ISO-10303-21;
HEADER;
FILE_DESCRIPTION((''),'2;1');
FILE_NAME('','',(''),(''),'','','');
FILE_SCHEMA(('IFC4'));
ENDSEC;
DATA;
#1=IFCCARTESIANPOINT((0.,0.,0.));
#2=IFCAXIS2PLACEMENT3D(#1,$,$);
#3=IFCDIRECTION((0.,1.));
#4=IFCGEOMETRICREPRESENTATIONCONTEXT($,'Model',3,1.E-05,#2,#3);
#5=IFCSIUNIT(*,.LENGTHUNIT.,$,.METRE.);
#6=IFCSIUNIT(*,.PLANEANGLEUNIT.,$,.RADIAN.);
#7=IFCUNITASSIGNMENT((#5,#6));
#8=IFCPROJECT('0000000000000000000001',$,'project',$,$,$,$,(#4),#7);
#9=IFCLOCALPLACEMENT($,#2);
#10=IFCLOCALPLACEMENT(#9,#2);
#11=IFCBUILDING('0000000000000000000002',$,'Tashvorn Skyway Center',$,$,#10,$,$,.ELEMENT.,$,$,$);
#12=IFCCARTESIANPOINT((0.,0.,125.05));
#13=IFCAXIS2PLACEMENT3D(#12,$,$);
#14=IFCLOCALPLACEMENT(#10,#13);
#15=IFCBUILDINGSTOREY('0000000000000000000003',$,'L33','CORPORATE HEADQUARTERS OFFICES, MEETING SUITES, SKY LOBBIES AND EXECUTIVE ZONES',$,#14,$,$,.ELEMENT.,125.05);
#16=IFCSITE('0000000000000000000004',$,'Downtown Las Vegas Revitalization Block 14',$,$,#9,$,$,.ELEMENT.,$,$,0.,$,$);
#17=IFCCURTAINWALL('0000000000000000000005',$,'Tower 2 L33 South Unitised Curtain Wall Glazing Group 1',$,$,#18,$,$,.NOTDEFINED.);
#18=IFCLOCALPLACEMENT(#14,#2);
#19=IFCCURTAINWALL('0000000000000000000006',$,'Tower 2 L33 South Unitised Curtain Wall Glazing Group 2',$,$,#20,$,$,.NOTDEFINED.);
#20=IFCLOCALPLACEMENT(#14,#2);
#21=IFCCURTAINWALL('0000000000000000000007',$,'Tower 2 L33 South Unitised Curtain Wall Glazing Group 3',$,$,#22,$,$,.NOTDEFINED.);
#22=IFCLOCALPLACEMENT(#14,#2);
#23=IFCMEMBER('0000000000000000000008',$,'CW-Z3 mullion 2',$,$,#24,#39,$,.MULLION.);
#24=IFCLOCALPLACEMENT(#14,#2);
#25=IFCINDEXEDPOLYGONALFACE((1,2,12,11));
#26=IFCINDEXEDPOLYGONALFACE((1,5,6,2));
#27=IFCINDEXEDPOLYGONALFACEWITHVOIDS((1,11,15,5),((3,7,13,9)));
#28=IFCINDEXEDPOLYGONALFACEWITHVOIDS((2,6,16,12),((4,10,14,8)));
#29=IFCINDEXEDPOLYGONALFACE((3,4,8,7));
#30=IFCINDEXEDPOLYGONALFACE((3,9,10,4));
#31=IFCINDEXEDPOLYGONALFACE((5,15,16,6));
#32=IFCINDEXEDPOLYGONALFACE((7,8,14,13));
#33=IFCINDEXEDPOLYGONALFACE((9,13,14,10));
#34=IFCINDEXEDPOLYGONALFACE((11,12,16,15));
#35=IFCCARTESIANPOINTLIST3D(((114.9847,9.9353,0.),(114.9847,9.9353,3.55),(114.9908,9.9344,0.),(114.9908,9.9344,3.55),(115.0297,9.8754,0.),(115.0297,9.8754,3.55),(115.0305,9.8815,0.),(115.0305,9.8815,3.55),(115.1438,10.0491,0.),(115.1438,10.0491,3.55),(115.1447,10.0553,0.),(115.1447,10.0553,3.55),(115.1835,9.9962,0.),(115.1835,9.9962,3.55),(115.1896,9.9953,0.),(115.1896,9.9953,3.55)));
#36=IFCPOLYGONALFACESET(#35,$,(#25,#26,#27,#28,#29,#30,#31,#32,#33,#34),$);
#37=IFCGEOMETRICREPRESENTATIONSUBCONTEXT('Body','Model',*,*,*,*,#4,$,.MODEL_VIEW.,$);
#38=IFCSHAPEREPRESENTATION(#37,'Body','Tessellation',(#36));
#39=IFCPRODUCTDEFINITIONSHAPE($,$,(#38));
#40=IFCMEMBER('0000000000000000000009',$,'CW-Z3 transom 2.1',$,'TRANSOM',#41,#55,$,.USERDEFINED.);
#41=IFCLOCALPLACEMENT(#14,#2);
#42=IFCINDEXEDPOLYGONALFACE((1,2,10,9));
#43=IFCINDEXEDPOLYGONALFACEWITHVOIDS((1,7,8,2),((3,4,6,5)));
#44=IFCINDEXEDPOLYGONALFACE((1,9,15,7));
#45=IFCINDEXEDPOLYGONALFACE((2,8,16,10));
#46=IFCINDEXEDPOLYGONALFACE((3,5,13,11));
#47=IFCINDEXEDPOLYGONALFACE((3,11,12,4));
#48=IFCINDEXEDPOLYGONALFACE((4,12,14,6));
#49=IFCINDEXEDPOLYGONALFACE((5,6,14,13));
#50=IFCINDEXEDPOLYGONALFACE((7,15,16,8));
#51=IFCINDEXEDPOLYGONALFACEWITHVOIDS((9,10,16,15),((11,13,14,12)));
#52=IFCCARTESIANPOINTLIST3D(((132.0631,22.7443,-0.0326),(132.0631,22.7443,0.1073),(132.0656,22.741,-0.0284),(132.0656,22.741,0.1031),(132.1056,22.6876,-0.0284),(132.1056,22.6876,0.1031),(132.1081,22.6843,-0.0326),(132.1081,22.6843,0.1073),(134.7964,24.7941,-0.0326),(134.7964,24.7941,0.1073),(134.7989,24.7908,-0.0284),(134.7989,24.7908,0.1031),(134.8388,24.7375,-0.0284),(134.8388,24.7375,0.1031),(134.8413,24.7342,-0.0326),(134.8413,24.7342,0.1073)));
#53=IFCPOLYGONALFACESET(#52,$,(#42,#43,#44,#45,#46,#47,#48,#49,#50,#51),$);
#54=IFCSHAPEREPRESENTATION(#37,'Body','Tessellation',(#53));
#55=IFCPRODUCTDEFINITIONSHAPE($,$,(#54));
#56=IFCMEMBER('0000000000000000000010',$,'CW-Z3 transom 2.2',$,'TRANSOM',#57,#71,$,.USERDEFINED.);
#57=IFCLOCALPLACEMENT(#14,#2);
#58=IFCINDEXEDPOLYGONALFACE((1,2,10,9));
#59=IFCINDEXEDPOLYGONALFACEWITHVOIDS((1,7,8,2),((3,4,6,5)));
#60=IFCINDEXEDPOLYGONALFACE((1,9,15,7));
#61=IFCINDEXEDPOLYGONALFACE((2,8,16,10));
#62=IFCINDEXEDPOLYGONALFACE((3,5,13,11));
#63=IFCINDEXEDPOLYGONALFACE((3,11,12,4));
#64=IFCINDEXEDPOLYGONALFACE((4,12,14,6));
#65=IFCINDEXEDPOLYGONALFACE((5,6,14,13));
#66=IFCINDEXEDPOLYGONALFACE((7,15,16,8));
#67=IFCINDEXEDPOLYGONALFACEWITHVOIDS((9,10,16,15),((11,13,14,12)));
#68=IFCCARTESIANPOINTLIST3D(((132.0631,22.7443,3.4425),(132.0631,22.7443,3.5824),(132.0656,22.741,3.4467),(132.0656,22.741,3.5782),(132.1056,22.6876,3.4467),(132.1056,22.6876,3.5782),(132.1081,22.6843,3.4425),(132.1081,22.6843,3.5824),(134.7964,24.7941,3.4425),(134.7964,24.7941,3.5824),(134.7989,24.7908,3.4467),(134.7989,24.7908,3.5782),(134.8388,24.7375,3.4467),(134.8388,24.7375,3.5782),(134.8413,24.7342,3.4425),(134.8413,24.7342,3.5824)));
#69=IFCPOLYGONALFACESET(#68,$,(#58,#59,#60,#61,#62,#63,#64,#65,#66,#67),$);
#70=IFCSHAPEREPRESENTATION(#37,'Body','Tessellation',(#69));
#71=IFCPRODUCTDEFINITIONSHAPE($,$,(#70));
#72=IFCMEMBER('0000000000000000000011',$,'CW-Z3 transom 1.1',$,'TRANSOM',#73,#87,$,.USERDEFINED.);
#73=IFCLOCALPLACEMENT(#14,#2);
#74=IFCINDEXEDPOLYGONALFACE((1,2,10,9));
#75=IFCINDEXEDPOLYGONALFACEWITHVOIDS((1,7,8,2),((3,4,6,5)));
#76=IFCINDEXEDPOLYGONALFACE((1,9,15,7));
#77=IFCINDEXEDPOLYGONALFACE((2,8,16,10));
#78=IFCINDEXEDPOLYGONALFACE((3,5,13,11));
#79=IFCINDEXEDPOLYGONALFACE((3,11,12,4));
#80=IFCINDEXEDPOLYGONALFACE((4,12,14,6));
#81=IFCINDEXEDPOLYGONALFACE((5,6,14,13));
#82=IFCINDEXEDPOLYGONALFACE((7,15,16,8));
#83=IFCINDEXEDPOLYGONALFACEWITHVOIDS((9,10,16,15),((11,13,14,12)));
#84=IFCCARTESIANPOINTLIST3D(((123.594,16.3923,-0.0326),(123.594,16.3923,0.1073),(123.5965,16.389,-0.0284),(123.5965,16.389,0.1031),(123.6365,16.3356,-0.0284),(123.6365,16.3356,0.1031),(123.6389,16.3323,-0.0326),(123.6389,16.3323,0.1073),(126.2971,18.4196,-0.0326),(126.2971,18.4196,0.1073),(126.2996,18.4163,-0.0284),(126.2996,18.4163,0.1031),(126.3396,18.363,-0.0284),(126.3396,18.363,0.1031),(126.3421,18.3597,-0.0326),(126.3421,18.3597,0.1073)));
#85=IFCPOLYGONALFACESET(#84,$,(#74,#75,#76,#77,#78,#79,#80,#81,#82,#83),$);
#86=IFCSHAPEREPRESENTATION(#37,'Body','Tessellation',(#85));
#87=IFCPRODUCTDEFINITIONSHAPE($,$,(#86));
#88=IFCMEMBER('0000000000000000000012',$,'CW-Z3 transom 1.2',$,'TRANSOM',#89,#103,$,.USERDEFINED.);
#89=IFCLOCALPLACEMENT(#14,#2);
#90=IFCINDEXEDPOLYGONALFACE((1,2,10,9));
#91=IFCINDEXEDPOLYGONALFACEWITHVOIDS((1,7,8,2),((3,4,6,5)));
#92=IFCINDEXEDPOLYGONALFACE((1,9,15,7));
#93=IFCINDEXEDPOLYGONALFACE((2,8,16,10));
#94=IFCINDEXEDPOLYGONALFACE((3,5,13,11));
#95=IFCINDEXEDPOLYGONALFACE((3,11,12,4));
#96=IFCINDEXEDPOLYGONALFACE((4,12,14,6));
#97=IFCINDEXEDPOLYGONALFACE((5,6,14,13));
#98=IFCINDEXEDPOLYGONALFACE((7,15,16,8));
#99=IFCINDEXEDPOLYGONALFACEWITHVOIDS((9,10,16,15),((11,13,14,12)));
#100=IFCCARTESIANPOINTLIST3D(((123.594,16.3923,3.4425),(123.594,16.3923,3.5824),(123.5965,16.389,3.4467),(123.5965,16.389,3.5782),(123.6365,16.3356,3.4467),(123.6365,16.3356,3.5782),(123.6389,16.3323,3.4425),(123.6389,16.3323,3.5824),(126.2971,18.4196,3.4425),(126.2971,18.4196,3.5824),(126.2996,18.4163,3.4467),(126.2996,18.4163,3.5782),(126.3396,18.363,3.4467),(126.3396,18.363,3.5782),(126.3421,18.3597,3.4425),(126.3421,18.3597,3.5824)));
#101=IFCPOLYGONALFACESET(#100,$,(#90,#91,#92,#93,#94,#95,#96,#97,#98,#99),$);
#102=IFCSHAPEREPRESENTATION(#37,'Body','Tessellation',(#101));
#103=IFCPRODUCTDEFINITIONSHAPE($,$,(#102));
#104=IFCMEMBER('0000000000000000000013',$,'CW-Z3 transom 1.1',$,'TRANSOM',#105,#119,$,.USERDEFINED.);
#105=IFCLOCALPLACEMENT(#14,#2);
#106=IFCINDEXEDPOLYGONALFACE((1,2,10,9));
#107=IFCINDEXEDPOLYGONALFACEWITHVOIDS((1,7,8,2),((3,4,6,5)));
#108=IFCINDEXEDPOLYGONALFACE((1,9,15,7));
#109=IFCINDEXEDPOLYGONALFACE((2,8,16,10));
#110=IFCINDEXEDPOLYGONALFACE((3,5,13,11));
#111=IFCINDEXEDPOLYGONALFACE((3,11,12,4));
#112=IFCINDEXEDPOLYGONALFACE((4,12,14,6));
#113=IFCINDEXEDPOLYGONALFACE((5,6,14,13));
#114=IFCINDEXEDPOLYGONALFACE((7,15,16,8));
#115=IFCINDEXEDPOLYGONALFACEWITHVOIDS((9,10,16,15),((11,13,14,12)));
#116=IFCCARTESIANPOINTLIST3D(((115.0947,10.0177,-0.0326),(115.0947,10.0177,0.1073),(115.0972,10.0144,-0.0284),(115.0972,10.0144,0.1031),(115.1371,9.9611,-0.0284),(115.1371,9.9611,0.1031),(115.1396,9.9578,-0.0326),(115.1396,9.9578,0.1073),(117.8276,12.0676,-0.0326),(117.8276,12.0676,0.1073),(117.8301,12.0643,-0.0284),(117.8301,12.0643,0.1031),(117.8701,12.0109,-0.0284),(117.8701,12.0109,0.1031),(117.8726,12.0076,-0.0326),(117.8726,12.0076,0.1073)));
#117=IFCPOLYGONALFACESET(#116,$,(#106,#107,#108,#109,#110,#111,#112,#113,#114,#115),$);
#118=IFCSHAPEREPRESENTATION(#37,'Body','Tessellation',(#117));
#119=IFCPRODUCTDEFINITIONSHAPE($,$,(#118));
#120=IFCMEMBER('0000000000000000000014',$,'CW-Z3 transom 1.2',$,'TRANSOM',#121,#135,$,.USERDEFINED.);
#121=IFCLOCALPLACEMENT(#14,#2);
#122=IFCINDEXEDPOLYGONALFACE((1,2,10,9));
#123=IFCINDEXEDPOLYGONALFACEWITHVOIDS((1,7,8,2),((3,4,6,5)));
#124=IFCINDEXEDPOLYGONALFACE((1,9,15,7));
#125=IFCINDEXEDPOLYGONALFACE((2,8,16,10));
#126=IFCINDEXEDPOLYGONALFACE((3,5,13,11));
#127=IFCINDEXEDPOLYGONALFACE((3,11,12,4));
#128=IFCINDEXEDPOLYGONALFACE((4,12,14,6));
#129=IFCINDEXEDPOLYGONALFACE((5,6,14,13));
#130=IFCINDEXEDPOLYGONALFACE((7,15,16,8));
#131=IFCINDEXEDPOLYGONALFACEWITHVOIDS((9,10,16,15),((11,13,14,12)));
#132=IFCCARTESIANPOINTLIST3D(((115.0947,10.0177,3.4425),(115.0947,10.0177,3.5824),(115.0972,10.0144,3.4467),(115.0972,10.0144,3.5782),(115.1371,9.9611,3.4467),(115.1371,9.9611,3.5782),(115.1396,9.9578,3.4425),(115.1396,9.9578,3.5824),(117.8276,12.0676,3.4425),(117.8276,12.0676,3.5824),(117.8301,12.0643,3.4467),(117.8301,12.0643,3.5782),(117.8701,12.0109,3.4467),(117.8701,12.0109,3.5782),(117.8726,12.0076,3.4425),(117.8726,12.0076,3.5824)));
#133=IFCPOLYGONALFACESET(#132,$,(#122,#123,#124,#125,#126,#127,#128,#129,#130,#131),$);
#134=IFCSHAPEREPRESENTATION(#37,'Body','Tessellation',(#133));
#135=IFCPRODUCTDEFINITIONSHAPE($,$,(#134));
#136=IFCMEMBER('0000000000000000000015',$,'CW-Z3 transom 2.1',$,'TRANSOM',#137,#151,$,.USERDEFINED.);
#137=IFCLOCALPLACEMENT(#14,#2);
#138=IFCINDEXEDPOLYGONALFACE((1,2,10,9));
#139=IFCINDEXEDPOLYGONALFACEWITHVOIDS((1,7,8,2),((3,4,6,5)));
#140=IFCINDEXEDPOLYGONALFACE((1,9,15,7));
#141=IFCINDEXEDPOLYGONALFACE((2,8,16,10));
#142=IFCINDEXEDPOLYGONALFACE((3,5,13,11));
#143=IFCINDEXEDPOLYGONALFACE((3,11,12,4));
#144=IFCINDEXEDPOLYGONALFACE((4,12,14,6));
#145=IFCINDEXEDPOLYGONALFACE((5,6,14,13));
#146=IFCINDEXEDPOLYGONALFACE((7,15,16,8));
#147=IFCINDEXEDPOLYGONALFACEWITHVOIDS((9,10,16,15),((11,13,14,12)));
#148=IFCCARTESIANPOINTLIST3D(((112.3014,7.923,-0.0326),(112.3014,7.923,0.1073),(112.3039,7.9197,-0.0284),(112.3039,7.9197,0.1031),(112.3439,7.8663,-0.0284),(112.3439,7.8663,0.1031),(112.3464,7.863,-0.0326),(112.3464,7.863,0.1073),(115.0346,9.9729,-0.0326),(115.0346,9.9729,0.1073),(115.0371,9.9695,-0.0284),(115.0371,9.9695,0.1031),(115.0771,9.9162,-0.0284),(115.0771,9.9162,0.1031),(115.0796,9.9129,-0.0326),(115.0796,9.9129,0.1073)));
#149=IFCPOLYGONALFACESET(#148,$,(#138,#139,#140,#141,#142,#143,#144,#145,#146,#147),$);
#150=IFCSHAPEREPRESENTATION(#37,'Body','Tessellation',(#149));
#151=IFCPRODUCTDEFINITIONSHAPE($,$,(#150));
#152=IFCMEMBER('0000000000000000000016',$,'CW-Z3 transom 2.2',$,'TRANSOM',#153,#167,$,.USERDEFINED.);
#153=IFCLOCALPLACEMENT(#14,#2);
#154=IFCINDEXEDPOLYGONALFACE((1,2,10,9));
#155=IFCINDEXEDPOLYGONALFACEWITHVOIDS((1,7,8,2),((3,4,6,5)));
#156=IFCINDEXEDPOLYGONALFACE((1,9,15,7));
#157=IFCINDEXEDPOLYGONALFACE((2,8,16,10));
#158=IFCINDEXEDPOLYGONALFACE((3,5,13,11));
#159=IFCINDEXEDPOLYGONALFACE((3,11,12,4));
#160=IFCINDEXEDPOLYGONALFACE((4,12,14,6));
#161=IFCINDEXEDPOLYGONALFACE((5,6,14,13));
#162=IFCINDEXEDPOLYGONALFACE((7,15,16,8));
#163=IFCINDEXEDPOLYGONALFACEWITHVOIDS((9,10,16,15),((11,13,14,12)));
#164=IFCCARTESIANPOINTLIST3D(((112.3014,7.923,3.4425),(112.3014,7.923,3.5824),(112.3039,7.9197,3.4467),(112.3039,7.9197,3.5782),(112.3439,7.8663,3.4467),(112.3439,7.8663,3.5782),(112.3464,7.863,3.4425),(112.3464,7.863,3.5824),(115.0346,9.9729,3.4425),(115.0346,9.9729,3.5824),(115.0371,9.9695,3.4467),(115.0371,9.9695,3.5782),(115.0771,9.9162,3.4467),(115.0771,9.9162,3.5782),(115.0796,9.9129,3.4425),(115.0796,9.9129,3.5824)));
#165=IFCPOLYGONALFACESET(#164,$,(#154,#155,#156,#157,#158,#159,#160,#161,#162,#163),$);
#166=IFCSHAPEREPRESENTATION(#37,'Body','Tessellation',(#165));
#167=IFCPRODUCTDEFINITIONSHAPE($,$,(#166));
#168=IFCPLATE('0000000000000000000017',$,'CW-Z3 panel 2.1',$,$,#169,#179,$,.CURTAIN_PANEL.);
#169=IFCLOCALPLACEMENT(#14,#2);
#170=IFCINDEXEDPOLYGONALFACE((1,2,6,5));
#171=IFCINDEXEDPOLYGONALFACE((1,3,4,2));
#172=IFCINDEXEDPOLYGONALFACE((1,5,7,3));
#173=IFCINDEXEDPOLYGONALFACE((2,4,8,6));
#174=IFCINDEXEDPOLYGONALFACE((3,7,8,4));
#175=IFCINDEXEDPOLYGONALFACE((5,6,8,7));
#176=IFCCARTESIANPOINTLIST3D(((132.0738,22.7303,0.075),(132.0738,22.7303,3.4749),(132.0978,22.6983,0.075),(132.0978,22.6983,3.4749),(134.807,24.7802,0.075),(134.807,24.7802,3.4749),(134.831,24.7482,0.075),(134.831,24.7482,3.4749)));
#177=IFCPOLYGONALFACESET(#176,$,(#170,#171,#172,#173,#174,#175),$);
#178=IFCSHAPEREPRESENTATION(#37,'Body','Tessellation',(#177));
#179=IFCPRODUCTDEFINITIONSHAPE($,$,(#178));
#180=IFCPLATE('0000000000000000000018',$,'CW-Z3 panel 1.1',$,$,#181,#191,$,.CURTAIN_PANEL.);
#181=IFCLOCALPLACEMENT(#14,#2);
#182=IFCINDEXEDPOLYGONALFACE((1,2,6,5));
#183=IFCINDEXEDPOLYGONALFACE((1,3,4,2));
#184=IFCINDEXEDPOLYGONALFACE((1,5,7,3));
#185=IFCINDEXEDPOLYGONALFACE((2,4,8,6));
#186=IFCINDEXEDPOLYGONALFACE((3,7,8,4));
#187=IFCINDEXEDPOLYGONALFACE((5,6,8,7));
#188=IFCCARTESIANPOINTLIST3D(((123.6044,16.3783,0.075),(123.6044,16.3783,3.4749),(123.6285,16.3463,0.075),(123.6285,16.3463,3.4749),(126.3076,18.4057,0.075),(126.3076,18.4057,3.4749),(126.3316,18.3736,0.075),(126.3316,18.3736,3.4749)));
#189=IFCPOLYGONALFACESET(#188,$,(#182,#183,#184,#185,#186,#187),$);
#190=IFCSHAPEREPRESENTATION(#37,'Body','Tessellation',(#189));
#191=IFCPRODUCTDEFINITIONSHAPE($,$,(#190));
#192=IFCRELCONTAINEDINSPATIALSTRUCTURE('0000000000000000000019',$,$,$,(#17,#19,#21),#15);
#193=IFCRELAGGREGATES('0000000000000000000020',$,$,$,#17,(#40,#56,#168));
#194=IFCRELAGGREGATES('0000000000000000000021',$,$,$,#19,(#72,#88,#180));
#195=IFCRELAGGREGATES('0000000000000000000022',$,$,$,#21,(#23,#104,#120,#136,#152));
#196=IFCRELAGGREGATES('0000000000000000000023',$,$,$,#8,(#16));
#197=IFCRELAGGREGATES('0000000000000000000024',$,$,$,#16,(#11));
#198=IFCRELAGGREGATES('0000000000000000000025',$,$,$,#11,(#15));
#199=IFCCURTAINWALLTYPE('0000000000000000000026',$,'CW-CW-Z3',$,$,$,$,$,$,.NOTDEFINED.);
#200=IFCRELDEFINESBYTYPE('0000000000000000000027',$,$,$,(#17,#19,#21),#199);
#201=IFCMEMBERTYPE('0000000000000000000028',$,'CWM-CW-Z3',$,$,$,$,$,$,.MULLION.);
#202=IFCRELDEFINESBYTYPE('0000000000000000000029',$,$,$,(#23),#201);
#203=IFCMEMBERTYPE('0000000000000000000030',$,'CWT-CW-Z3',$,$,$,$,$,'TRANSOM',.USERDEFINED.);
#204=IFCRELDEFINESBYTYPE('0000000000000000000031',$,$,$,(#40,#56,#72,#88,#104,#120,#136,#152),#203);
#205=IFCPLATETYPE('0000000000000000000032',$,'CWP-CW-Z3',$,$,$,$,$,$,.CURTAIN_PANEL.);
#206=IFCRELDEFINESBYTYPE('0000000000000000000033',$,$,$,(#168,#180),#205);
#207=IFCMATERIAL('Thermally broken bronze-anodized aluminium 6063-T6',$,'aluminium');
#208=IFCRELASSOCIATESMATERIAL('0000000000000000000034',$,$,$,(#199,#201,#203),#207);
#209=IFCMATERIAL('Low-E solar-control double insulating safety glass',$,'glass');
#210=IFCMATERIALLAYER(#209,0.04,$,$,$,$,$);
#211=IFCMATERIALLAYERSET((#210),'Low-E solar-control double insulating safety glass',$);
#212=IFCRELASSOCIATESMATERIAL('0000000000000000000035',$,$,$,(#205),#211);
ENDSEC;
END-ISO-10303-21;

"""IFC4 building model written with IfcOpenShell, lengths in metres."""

from ifc_helpers import new_model, si_unit, direction, frame, origin, origin_2d, place, context, subcontext, project, spatial, rectangle, hollow_rectangle, extrude, material, layer, layer_set, material_profile, profile_set, type_object, element, aggregate, save


model = new_model("IFC4")

# Units and contexts
model_context = context("Model", 3, precision=1e-05, world=origin(), true_north=direction((0.0, 1.0)))
body_context = subcontext(model_context, "Body", "Model", "MODEL_VIEW")
ifc_project = project(units=[si_unit("LENGTHUNIT", "METRE"), si_unit("PLANEANGLEUNIT", "RADIAN")], contexts=[model_context])

# Site, building, storey
site_placement = place(None, origin())
site = spatial("IfcSite", under=ifc_project, at=site_placement, Name="Downtown Las Vegas Revitalization Block 14", CompositionType="ELEMENT", RefElevation=0.0)
building_placement = place(site_placement, origin())
building = spatial("IfcBuilding", under=site, at=building_placement, Name="Tashvorn Skyway Center", CompositionType="ELEMENT")
storey_placement = place(building_placement, frame((0.0, 0.0, 125.05)))
storey = spatial("IfcBuildingStorey", under=building, at=storey_placement, Name="L33", Description="CORPORATE HEADQUARTERS OFFICES, MEETING SUITES, SKY LOBBIES AND EXECUTIVE ZONES", CompositionType="ELEMENT", Elevation=125.05)

# Curtain wall
ifc_material_1 = material(Name="Thermally broken bronze-anodized aluminium 6063-T6", Category="aluminium")
curtain_wall_type = type_object("IfcCurtainWallType", Name="CW-CW-Z3", PredefinedType="NOTDEFINED", material=ifc_material_1)
curtain_wall_1_placement = place(storey_placement, origin())
curtain_wall_1 = element("IfcCurtainWall", 1, at=curtain_wall_1_placement, inside=storey, type_object=curtain_wall_type, Name="Tower 2 L33 South Unitised Curtain Wall Glazing Group 1", PredefinedType="NOTDEFINED")
ifc_material_profile_1 = material_profile(ifc_material_1, hollow_rectangle(XDim=0.075, YDim=0.2, WallThickness=0.0044, at=origin_2d()), Name="ALU-MULL-75x200")
ifc_profile_set_1 = profile_set([ifc_material_profile_1], Name="Thermally broken bronze-anodized aluminium 6063-T6")
member_type_1 = type_object("IfcMemberType", Name="CWM-CW-Z3", PredefinedType="MULLION", material=ifc_profile_set_1)

# Curtain walls, member
curtain_wall_2_placement = place(storey_placement, origin())
curtain_wall_2 = element("IfcCurtainWall", 2, at=curtain_wall_2_placement, inside=storey, type_object=curtain_wall_type, Name="Tower 2 L33 South Unitised Curtain Wall Glazing Group 2", PredefinedType="NOTDEFINED")
curtain_wall_3_placement = place(storey_placement, origin())
curtain_wall_3 = element("IfcCurtainWall", 3, at=curtain_wall_3_placement, inside=storey, type_object=curtain_wall_type, Name="Tower 2 L33 South Unitised Curtain Wall Glazing Group 3", PredefinedType="NOTDEFINED")
member_1_placement = place(storey_placement, frame((115.0872, 9.9653, 0.0), z_axis=(0.0, 0.0, 1.0), x_axis=(0.600005, -0.799997, 0.0)))
member_1 = element("IfcMember", 4, at=member_1_placement, type_object=member_type_1, Name="CW-Z3 mullion 2", PredefinedType="MULLION", context=body_context, shape_type="SweptSolid", body=[
    extrude(hollow_rectangle(XDim=0.075, YDim=0.2, WallThickness=0.0044, at=origin_2d()), origin(), (0.0, 0.0, 1.0), 3.55),
])

# Members
ifc_material_profile_2 = material_profile(ifc_material_1, hollow_rectangle(XDim=0.075, YDim=0.1399, WallThickness=0.0042, at=origin_2d()), Name="ALU-TRAN-75x140")
ifc_profile_set_2 = profile_set([ifc_material_profile_2], Name="Thermally broken bronze-anodized aluminium 6063-T6")
member_type_2 = type_object("IfcMemberType", Name="CWT-CW-Z3", ElementType="TRANSOM", PredefinedType="USERDEFINED", material=ifc_profile_set_2)
member_2_placement = place(storey_placement, frame((134.8188, 24.7642, 0.0374), z_axis=(-0.800009, -0.599989, 0.0), x_axis=(0.599989, -0.800009, 0.0)))
member_2 = element("IfcMember", 5, at=member_2_placement, type_object=member_type_2, Name="CW-Z3 transom 2.1", ObjectType="TRANSOM", PredefinedType="USERDEFINED", context=body_context, shape_type="SweptSolid", body=[
    extrude(hollow_rectangle(XDim=0.075, YDim=0.1399, WallThickness=0.0042, at=origin_2d()), origin(), (0.0, 0.0, 1.0), 3.4165),
])
member_3_placement = place(storey_placement, frame((134.8188, 24.7642, 3.5125), z_axis=(-0.800009, -0.599989, 0.0), x_axis=(0.599989, -0.800009, 0.0)))
member_3 = element("IfcMember", 6, at=member_3_placement, type_object=member_type_2, Name="CW-Z3 transom 2.2", ObjectType="TRANSOM", PredefinedType="USERDEFINED", context=body_context, shape_type="SweptSolid", body=[
    extrude(hollow_rectangle(XDim=0.075, YDim=0.1399, WallThickness=0.0042, at=origin_2d()), origin(), (0.0, 0.0, 1.0), 3.4165),
])
member_4_placement = place(storey_placement, frame((126.3196, 18.3896, 0.0374), z_axis=(-0.8, -0.6, 0.0), x_axis=(0.6, -0.8, 0.0)))
member_4 = element("IfcMember", 7, at=member_4_placement, type_object=member_type_2, Name="CW-Z3 transom 1.1", ObjectType="TRANSOM", PredefinedType="USERDEFINED", context=body_context, shape_type="SweptSolid", body=[
    extrude(hollow_rectangle(XDim=0.075, YDim=0.1399, WallThickness=0.0042, at=origin_2d()), origin(), (0.0, 0.0, 1.0), 3.3789),
])
member_5_placement = place(storey_placement, frame((126.3196, 18.3896, 3.5125), z_axis=(-0.8, -0.6, 0.0), x_axis=(0.6, -0.8, 0.0)))
member_5 = element("IfcMember", 8, at=member_5_placement, type_object=member_type_2, Name="CW-Z3 transom 1.2", ObjectType="TRANSOM", PredefinedType="USERDEFINED", context=body_context, shape_type="SweptSolid", body=[
    extrude(hollow_rectangle(XDim=0.075, YDim=0.1399, WallThickness=0.0042, at=origin_2d()), origin(), (0.0, 0.0, 1.0), 3.3789),
])
member_6_placement = place(storey_placement, frame((117.8501, 12.0376, 0.0374), z_axis=(-0.799983, -0.600023, 0.0), x_axis=(0.600023, -0.799983, 0.0)))
member_6 = element("IfcMember", 9, at=member_6_placement, type_object=member_type_2, Name="CW-Z3 transom 1.1", ObjectType="TRANSOM", PredefinedType="USERDEFINED", context=body_context, shape_type="SweptSolid", body=[
    extrude(hollow_rectangle(XDim=0.075, YDim=0.1399, WallThickness=0.0042, at=origin_2d()), origin(), (0.0, 0.0, 1.0), 3.4163),
])
member_7_placement = place(storey_placement, frame((117.8501, 12.0376, 3.5125), z_axis=(-0.799983, -0.600023, 0.0), x_axis=(0.600023, -0.799983, 0.0)))
member_7 = element("IfcMember", 10, at=member_7_placement, type_object=member_type_2, Name="CW-Z3 transom 1.2", ObjectType="TRANSOM", PredefinedType="USERDEFINED", context=body_context, shape_type="SweptSolid", body=[
    extrude(hollow_rectangle(XDim=0.075, YDim=0.1399, WallThickness=0.0042, at=origin_2d()), origin(), (0.0, 0.0, 1.0), 3.4163),
])
member_8_placement = place(storey_placement, frame((115.0571, 9.9429, 0.0374), z_axis=(-0.800009, -0.599989, 0.0), x_axis=(0.599989, -0.800009, 0.0)))
member_8 = element("IfcMember", 11, at=member_8_placement, type_object=member_type_2, Name="CW-Z3 transom 2.1", ObjectType="TRANSOM", PredefinedType="USERDEFINED", context=body_context, shape_type="SweptSolid", body=[
    extrude(hollow_rectangle(XDim=0.075, YDim=0.1399, WallThickness=0.0042, at=origin_2d()), origin(), (0.0, 0.0, 1.0), 3.4165),
])
member_9_placement = place(storey_placement, frame((115.0571, 9.9429, 3.5125), z_axis=(-0.800009, -0.599989, 0.0), x_axis=(0.599989, -0.800009, 0.0)))
member_9 = element("IfcMember", 12, at=member_9_placement, type_object=member_type_2, Name="CW-Z3 transom 2.2", ObjectType="TRANSOM", PredefinedType="USERDEFINED", context=body_context, shape_type="SweptSolid", body=[
    extrude(hollow_rectangle(XDim=0.075, YDim=0.1399, WallThickness=0.0042, at=origin_2d()), origin(), (0.0, 0.0, 1.0), 3.4165),
])

# Plates
ifc_material_2 = material(Name="Low-E solar-control double insulating safety glass", Category="glass")
ifc_layer_1 = layer(ifc_material_2, 0.04)
ifc_layer_set_1 = layer_set([ifc_layer_1], Name="Low-E solar-control double insulating safety glass")
plate_type = type_object("IfcPlateType", Name="CWP-CW-Z3", PredefinedType="CURTAIN_PANEL", material=ifc_layer_set_1)
plate_1_placement = place(storey_placement, frame((133.4524, 23.7393, 0.075), z_axis=(0.0, 0.0, 1.0), x_axis=(-0.799997, -0.600005, 0.0)))
plate_1 = element("IfcPlate", 13, at=plate_1_placement, type_object=plate_type, Name="CW-Z3 panel 2.1", PredefinedType="CURTAIN_PANEL", context=body_context, shape_type="SweptSolid", body=[
    extrude(rectangle(XDim=3.4165, YDim=0.04, at=origin_2d()), origin(), (0.0, 0.0, 1.0), 3.3999),
])
aggregate(curtain_wall_1, [member_2, member_3, plate_1])
plate_2_placement = place(storey_placement, frame((124.968, 17.376, 0.075), z_axis=(0.0, 0.0, 1.0), x_axis=(-0.8, -0.6, 0.0)))
plate_2 = element("IfcPlate", 14, at=plate_2_placement, type_object=plate_type, Name="CW-Z3 panel 1.1", PredefinedType="CURTAIN_PANEL", context=body_context, shape_type="SweptSolid", body=[
    extrude(rectangle(XDim=3.3789, YDim=0.04, at=origin_2d()), origin(), (0.0, 0.0, 1.0), 3.3999),
])
aggregate(curtain_wall_2, [member_4, member_5, plate_2])
aggregate(curtain_wall_3, [member_1, member_6, member_7, member_8, member_9])

save(model, "model.ifc")
